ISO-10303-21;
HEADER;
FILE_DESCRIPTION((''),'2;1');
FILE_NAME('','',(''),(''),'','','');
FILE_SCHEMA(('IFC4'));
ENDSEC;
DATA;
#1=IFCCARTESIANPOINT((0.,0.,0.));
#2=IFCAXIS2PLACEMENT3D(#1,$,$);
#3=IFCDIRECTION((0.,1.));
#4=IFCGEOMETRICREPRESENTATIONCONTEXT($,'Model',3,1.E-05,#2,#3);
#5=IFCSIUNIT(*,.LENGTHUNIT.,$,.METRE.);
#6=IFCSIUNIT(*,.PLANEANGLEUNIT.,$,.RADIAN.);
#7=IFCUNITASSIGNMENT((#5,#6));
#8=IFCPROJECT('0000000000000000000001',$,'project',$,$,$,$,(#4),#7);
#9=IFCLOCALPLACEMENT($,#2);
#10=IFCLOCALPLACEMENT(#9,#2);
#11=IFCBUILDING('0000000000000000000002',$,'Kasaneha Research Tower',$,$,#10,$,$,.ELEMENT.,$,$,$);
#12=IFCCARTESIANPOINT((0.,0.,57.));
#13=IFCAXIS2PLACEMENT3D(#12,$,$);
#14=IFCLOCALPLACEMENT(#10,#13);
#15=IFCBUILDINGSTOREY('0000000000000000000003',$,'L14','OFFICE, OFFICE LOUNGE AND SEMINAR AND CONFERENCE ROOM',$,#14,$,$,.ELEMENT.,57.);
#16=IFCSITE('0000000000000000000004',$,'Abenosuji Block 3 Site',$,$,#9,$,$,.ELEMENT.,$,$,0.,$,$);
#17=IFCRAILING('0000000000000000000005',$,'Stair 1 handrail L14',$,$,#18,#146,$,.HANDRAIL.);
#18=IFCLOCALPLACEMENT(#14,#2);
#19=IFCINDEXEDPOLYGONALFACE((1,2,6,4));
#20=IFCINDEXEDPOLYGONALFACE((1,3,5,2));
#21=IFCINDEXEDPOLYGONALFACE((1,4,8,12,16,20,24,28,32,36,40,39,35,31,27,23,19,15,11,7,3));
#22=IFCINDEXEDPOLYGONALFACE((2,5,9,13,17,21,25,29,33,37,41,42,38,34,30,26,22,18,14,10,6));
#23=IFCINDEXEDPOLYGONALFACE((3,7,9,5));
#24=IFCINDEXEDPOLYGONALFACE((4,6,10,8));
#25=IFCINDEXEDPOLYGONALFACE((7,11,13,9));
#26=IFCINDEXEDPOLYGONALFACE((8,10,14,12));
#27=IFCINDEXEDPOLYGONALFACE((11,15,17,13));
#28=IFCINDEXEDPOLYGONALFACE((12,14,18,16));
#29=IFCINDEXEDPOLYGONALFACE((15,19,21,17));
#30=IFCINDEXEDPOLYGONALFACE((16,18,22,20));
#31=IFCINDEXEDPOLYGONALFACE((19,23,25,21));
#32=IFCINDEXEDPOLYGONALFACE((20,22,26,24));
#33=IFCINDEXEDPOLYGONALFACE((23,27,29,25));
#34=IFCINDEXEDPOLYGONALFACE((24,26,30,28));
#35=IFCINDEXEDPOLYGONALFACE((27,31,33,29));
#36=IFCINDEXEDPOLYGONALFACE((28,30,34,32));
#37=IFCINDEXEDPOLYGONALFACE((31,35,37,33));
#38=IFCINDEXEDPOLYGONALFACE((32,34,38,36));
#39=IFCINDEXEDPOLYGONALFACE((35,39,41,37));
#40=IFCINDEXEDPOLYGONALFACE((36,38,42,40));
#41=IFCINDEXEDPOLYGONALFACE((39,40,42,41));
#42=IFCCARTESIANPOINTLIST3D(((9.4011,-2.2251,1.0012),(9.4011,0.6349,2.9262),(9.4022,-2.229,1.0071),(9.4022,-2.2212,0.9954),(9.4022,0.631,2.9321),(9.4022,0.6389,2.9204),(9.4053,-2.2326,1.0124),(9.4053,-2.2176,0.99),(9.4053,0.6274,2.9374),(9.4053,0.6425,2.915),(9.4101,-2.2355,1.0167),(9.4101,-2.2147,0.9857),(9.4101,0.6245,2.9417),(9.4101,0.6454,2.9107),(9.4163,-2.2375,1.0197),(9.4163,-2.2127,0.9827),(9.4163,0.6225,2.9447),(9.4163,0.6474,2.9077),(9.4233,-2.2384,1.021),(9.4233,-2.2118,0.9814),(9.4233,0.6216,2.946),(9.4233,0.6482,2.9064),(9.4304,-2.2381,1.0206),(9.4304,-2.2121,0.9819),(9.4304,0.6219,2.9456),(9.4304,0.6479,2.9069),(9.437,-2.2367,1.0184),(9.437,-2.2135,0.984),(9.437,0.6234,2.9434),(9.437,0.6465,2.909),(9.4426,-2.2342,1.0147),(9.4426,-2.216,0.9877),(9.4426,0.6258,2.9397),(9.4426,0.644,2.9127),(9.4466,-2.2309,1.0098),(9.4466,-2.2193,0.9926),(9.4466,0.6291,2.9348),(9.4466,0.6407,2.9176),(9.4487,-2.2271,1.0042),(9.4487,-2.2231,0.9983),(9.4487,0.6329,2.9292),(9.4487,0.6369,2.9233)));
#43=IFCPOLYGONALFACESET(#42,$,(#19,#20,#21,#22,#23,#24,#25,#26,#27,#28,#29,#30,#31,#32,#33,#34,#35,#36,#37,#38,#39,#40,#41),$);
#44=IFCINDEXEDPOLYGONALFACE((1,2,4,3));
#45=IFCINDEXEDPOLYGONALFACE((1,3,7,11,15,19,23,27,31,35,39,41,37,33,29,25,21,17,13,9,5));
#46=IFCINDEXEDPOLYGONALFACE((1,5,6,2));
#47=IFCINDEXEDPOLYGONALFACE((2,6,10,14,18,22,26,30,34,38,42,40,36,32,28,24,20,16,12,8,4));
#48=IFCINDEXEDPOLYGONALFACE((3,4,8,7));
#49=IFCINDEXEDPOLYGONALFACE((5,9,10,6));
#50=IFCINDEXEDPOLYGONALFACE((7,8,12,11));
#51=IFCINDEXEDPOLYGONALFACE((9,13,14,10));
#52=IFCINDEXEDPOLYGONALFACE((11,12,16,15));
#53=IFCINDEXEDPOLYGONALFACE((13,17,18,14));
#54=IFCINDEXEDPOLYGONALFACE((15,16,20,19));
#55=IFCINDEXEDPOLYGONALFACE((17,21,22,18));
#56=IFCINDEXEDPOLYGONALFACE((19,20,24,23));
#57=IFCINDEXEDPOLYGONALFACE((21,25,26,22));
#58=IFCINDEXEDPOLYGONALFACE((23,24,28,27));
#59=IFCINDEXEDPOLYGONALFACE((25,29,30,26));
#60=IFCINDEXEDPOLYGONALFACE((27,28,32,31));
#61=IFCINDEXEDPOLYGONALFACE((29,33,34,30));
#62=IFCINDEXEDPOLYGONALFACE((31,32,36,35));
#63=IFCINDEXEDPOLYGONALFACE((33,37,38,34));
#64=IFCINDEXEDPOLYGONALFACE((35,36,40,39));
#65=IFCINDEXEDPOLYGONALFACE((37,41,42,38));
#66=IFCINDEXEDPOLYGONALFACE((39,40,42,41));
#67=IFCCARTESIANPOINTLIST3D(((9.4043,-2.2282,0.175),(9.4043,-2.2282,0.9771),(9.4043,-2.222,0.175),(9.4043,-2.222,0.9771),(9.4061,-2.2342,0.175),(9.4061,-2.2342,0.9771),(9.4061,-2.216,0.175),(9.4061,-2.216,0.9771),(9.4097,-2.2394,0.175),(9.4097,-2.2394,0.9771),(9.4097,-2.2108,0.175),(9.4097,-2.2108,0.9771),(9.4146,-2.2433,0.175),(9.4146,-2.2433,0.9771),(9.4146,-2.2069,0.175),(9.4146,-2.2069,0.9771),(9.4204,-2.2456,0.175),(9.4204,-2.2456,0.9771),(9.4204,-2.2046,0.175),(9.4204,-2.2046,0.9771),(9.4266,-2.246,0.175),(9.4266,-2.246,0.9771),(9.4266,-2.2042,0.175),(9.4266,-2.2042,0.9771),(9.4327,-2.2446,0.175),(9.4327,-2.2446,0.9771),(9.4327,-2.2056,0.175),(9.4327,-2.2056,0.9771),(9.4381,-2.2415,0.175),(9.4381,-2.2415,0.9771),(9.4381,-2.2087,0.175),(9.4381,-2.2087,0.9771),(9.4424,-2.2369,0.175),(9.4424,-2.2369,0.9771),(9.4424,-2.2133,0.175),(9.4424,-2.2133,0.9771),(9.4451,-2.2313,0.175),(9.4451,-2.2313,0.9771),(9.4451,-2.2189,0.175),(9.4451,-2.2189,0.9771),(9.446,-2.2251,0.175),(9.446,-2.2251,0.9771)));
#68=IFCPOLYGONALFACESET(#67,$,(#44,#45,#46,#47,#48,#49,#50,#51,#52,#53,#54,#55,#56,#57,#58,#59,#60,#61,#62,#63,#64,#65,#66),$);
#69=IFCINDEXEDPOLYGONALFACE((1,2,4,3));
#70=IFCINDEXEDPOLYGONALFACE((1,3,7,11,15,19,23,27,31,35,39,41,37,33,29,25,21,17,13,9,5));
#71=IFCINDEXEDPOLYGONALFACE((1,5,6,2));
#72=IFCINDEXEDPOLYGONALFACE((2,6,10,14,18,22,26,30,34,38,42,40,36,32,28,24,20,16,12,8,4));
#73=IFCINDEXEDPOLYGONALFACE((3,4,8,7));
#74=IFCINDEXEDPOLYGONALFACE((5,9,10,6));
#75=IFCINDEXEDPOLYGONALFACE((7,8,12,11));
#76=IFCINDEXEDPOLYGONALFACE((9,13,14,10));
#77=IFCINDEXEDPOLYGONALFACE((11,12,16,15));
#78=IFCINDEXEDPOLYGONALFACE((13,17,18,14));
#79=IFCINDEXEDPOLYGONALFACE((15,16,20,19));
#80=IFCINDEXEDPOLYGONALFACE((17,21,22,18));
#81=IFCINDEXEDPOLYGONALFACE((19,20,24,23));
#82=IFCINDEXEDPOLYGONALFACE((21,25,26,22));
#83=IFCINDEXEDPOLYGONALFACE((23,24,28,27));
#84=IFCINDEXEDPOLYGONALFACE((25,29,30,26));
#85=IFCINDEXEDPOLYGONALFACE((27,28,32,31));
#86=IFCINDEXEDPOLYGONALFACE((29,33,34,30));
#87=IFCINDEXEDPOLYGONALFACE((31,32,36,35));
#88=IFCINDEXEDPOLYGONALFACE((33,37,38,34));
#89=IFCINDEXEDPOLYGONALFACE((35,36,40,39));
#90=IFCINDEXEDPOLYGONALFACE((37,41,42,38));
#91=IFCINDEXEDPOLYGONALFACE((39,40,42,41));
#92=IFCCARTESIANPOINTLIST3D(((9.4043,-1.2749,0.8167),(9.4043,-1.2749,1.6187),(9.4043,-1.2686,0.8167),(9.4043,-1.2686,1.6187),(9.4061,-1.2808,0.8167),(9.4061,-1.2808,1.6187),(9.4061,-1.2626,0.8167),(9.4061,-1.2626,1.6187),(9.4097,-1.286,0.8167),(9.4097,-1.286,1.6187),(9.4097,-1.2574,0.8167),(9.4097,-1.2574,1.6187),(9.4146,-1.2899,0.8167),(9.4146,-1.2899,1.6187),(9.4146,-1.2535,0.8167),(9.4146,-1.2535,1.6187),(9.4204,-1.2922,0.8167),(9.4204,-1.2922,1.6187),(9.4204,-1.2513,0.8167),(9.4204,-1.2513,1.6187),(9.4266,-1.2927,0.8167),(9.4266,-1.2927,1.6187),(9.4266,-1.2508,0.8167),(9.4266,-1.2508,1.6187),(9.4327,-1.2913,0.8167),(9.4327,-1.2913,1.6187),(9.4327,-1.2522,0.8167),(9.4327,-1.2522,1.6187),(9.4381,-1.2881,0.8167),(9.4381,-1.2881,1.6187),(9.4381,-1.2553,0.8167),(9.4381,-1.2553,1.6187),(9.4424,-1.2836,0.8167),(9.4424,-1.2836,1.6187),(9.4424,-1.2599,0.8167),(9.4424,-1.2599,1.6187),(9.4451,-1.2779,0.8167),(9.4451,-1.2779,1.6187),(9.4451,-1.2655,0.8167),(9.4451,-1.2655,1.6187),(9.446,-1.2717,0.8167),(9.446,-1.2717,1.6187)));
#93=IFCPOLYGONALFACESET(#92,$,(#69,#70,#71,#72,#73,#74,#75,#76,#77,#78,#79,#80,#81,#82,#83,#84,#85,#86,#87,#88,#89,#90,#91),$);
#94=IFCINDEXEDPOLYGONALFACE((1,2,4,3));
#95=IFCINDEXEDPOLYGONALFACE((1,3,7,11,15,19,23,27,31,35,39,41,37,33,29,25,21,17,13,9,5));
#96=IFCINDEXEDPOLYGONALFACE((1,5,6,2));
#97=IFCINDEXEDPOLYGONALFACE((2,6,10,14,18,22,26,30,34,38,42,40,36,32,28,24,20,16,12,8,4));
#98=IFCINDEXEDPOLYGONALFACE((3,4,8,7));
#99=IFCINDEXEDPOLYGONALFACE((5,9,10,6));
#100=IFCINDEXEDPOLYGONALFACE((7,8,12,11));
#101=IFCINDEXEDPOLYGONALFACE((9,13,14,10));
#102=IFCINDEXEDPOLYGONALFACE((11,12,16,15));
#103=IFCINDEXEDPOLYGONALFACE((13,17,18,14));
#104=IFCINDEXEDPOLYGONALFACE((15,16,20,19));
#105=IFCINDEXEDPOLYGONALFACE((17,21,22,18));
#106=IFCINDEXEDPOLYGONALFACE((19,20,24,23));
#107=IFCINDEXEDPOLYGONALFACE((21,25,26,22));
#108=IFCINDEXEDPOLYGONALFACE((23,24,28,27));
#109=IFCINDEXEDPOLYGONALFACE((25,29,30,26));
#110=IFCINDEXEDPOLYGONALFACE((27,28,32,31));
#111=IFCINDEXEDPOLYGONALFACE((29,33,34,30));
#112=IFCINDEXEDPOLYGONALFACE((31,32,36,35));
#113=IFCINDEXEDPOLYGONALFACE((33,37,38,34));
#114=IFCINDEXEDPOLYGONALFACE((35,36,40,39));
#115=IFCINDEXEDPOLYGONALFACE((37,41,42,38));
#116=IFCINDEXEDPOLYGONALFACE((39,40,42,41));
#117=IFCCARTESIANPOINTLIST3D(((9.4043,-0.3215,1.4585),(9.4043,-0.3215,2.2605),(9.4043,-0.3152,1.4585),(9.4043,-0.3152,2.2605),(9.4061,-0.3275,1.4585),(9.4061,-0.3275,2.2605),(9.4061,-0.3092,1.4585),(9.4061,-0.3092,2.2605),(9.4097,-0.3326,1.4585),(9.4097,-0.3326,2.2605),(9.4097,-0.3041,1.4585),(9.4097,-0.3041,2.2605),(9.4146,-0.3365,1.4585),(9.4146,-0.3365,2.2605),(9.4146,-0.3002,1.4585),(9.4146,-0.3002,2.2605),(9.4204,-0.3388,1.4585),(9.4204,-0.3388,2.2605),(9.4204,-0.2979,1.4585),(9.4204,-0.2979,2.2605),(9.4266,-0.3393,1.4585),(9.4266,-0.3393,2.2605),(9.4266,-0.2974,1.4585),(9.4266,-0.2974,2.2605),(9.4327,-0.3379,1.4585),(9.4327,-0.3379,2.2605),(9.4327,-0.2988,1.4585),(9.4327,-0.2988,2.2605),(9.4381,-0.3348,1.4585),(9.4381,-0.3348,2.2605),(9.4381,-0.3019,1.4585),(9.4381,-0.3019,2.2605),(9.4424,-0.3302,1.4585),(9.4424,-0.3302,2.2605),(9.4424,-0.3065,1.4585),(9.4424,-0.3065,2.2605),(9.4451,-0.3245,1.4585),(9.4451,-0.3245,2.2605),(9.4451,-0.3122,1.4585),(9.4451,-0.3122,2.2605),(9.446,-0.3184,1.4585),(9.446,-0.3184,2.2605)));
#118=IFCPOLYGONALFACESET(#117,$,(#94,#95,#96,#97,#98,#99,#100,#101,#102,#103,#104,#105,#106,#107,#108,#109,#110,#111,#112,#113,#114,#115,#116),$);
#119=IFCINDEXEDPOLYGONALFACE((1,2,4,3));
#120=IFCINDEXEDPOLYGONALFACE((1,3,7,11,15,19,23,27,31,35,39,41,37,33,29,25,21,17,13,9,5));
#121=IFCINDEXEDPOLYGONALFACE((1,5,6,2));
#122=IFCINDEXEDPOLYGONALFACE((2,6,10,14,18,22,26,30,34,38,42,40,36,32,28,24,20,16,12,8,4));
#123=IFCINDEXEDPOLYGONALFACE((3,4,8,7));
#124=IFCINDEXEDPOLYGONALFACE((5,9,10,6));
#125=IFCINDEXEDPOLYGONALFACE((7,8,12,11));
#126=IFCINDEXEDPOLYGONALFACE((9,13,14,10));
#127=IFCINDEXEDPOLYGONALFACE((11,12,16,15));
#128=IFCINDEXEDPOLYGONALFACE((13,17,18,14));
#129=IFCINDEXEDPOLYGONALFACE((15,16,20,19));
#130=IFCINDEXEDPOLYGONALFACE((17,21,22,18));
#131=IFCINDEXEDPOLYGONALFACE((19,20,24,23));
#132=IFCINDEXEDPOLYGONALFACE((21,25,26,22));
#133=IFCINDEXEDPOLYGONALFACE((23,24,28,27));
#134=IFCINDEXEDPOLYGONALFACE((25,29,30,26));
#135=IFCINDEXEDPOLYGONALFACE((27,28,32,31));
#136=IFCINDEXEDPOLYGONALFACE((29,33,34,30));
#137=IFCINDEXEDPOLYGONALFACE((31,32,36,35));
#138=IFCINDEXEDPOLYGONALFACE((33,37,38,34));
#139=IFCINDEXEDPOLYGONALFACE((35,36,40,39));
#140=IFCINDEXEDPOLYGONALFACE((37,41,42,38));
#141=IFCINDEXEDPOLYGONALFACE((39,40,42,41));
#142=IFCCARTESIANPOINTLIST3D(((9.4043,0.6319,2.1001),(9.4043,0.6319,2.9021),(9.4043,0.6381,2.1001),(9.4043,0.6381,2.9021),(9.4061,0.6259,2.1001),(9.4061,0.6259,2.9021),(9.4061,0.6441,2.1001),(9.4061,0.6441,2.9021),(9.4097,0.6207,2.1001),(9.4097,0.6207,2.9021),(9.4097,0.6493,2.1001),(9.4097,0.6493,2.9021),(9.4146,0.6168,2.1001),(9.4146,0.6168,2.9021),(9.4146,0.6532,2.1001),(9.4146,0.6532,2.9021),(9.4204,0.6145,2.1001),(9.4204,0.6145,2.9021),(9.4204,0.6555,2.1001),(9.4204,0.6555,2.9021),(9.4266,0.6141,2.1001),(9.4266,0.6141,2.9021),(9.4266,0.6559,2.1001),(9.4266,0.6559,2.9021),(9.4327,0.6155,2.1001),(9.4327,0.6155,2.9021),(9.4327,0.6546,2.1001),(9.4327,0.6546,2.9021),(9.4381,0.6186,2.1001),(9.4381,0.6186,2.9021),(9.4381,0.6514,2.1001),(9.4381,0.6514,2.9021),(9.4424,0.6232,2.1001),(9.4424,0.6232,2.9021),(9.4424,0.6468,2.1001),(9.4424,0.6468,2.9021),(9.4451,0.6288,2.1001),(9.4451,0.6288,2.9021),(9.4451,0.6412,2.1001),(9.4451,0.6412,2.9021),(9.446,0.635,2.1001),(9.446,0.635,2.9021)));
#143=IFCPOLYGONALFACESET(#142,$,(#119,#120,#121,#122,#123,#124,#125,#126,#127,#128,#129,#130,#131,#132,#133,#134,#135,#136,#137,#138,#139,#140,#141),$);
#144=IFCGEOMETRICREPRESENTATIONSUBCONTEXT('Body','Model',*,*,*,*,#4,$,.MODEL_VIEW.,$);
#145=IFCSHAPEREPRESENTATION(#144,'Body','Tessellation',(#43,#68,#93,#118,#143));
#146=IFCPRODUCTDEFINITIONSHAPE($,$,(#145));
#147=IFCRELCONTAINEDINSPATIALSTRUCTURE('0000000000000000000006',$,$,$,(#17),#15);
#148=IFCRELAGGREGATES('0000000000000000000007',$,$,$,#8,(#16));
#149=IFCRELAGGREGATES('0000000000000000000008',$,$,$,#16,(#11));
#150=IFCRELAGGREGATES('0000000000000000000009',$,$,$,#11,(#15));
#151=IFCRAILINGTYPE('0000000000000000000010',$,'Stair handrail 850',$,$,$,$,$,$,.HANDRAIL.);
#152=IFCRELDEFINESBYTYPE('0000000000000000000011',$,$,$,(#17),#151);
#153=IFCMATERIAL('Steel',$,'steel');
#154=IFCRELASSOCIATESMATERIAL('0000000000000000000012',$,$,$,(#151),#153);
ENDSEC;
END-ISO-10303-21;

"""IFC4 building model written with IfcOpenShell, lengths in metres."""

from ifc_helpers import new_model, si_unit, direction, frame, origin, origin_2d, place, context, subcontext, project, spatial, circle, extrude, material, type_object, element, save


model = new_model("IFC4")

# Units and contexts
model_context = context("Model", 3, precision=1e-05, world=origin(), true_north=direction((0.0, 1.0)))
body_context = subcontext(model_context, "Body", "Model", "MODEL_VIEW")
ifc_project = project(units=[si_unit("LENGTHUNIT", "METRE"), si_unit("PLANEANGLEUNIT", "RADIAN")], contexts=[model_context])

# Site, building, storey
site_placement = place(None, origin())
site = spatial("IfcSite", under=ifc_project, at=site_placement, Name="Abenosuji Block 3 Site", CompositionType="ELEMENT", RefElevation=0.0)
building_placement = place(site_placement, origin())
building = spatial("IfcBuilding", under=site, at=building_placement, Name="Kasaneha Research Tower", CompositionType="ELEMENT")
storey_placement = place(building_placement, frame((0.0, 0.0, 57.0)))
storey = spatial("IfcBuildingStorey", under=building, at=storey_placement, Name="L14", Description="OFFICE, OFFICE LOUNGE AND SEMINAR AND CONFERENCE ROOM", CompositionType="ELEMENT", Elevation=57.0)

# Railing
ifc_material_1 = material(Name="Steel", Category="steel")
railing_type = type_object("IfcRailingType", Name="Stair handrail 850", PredefinedType="HANDRAIL", material=ifc_material_1)
railing_placement = place(storey_placement, frame((9.425, -2.2251, 0.175)))
element("IfcRailing", 1, at=railing_placement, inside=storey, type_object=railing_type, Name="Stair 1 handrail L14", PredefinedType="HANDRAIL", context=body_context, shape_type="SweptSolid", body=[
    extrude(circle(Radius=0.0239, at=origin_2d()), frame((0.0, 0.0, 0.8262), z_axis=(0.0, 0.829591, 0.558372), x_axis=(-1.0, 0.0, 0.0)), (0.0, 0.0, 1.0), 3.4475),
    extrude(circle(Radius=0.021, at=origin_2d()), origin(), (0.0, 0.0, 1.0), 0.802),
    extrude(circle(Radius=0.021, at=origin_2d()), frame((0.0, 0.9534, 0.6416)), (0.0, 0.0, 1.0), 0.802),
    extrude(circle(Radius=0.021, at=origin_2d()), frame((0.0, 1.9067, 1.2834)), (0.0, 0.0, 1.0), 0.802),
    extrude(circle(Radius=0.021, at=origin_2d()), frame((0.0, 2.8601, 1.925)), (0.0, 0.0, 1.0), 0.802),
])

save(model, "model.ifc")
